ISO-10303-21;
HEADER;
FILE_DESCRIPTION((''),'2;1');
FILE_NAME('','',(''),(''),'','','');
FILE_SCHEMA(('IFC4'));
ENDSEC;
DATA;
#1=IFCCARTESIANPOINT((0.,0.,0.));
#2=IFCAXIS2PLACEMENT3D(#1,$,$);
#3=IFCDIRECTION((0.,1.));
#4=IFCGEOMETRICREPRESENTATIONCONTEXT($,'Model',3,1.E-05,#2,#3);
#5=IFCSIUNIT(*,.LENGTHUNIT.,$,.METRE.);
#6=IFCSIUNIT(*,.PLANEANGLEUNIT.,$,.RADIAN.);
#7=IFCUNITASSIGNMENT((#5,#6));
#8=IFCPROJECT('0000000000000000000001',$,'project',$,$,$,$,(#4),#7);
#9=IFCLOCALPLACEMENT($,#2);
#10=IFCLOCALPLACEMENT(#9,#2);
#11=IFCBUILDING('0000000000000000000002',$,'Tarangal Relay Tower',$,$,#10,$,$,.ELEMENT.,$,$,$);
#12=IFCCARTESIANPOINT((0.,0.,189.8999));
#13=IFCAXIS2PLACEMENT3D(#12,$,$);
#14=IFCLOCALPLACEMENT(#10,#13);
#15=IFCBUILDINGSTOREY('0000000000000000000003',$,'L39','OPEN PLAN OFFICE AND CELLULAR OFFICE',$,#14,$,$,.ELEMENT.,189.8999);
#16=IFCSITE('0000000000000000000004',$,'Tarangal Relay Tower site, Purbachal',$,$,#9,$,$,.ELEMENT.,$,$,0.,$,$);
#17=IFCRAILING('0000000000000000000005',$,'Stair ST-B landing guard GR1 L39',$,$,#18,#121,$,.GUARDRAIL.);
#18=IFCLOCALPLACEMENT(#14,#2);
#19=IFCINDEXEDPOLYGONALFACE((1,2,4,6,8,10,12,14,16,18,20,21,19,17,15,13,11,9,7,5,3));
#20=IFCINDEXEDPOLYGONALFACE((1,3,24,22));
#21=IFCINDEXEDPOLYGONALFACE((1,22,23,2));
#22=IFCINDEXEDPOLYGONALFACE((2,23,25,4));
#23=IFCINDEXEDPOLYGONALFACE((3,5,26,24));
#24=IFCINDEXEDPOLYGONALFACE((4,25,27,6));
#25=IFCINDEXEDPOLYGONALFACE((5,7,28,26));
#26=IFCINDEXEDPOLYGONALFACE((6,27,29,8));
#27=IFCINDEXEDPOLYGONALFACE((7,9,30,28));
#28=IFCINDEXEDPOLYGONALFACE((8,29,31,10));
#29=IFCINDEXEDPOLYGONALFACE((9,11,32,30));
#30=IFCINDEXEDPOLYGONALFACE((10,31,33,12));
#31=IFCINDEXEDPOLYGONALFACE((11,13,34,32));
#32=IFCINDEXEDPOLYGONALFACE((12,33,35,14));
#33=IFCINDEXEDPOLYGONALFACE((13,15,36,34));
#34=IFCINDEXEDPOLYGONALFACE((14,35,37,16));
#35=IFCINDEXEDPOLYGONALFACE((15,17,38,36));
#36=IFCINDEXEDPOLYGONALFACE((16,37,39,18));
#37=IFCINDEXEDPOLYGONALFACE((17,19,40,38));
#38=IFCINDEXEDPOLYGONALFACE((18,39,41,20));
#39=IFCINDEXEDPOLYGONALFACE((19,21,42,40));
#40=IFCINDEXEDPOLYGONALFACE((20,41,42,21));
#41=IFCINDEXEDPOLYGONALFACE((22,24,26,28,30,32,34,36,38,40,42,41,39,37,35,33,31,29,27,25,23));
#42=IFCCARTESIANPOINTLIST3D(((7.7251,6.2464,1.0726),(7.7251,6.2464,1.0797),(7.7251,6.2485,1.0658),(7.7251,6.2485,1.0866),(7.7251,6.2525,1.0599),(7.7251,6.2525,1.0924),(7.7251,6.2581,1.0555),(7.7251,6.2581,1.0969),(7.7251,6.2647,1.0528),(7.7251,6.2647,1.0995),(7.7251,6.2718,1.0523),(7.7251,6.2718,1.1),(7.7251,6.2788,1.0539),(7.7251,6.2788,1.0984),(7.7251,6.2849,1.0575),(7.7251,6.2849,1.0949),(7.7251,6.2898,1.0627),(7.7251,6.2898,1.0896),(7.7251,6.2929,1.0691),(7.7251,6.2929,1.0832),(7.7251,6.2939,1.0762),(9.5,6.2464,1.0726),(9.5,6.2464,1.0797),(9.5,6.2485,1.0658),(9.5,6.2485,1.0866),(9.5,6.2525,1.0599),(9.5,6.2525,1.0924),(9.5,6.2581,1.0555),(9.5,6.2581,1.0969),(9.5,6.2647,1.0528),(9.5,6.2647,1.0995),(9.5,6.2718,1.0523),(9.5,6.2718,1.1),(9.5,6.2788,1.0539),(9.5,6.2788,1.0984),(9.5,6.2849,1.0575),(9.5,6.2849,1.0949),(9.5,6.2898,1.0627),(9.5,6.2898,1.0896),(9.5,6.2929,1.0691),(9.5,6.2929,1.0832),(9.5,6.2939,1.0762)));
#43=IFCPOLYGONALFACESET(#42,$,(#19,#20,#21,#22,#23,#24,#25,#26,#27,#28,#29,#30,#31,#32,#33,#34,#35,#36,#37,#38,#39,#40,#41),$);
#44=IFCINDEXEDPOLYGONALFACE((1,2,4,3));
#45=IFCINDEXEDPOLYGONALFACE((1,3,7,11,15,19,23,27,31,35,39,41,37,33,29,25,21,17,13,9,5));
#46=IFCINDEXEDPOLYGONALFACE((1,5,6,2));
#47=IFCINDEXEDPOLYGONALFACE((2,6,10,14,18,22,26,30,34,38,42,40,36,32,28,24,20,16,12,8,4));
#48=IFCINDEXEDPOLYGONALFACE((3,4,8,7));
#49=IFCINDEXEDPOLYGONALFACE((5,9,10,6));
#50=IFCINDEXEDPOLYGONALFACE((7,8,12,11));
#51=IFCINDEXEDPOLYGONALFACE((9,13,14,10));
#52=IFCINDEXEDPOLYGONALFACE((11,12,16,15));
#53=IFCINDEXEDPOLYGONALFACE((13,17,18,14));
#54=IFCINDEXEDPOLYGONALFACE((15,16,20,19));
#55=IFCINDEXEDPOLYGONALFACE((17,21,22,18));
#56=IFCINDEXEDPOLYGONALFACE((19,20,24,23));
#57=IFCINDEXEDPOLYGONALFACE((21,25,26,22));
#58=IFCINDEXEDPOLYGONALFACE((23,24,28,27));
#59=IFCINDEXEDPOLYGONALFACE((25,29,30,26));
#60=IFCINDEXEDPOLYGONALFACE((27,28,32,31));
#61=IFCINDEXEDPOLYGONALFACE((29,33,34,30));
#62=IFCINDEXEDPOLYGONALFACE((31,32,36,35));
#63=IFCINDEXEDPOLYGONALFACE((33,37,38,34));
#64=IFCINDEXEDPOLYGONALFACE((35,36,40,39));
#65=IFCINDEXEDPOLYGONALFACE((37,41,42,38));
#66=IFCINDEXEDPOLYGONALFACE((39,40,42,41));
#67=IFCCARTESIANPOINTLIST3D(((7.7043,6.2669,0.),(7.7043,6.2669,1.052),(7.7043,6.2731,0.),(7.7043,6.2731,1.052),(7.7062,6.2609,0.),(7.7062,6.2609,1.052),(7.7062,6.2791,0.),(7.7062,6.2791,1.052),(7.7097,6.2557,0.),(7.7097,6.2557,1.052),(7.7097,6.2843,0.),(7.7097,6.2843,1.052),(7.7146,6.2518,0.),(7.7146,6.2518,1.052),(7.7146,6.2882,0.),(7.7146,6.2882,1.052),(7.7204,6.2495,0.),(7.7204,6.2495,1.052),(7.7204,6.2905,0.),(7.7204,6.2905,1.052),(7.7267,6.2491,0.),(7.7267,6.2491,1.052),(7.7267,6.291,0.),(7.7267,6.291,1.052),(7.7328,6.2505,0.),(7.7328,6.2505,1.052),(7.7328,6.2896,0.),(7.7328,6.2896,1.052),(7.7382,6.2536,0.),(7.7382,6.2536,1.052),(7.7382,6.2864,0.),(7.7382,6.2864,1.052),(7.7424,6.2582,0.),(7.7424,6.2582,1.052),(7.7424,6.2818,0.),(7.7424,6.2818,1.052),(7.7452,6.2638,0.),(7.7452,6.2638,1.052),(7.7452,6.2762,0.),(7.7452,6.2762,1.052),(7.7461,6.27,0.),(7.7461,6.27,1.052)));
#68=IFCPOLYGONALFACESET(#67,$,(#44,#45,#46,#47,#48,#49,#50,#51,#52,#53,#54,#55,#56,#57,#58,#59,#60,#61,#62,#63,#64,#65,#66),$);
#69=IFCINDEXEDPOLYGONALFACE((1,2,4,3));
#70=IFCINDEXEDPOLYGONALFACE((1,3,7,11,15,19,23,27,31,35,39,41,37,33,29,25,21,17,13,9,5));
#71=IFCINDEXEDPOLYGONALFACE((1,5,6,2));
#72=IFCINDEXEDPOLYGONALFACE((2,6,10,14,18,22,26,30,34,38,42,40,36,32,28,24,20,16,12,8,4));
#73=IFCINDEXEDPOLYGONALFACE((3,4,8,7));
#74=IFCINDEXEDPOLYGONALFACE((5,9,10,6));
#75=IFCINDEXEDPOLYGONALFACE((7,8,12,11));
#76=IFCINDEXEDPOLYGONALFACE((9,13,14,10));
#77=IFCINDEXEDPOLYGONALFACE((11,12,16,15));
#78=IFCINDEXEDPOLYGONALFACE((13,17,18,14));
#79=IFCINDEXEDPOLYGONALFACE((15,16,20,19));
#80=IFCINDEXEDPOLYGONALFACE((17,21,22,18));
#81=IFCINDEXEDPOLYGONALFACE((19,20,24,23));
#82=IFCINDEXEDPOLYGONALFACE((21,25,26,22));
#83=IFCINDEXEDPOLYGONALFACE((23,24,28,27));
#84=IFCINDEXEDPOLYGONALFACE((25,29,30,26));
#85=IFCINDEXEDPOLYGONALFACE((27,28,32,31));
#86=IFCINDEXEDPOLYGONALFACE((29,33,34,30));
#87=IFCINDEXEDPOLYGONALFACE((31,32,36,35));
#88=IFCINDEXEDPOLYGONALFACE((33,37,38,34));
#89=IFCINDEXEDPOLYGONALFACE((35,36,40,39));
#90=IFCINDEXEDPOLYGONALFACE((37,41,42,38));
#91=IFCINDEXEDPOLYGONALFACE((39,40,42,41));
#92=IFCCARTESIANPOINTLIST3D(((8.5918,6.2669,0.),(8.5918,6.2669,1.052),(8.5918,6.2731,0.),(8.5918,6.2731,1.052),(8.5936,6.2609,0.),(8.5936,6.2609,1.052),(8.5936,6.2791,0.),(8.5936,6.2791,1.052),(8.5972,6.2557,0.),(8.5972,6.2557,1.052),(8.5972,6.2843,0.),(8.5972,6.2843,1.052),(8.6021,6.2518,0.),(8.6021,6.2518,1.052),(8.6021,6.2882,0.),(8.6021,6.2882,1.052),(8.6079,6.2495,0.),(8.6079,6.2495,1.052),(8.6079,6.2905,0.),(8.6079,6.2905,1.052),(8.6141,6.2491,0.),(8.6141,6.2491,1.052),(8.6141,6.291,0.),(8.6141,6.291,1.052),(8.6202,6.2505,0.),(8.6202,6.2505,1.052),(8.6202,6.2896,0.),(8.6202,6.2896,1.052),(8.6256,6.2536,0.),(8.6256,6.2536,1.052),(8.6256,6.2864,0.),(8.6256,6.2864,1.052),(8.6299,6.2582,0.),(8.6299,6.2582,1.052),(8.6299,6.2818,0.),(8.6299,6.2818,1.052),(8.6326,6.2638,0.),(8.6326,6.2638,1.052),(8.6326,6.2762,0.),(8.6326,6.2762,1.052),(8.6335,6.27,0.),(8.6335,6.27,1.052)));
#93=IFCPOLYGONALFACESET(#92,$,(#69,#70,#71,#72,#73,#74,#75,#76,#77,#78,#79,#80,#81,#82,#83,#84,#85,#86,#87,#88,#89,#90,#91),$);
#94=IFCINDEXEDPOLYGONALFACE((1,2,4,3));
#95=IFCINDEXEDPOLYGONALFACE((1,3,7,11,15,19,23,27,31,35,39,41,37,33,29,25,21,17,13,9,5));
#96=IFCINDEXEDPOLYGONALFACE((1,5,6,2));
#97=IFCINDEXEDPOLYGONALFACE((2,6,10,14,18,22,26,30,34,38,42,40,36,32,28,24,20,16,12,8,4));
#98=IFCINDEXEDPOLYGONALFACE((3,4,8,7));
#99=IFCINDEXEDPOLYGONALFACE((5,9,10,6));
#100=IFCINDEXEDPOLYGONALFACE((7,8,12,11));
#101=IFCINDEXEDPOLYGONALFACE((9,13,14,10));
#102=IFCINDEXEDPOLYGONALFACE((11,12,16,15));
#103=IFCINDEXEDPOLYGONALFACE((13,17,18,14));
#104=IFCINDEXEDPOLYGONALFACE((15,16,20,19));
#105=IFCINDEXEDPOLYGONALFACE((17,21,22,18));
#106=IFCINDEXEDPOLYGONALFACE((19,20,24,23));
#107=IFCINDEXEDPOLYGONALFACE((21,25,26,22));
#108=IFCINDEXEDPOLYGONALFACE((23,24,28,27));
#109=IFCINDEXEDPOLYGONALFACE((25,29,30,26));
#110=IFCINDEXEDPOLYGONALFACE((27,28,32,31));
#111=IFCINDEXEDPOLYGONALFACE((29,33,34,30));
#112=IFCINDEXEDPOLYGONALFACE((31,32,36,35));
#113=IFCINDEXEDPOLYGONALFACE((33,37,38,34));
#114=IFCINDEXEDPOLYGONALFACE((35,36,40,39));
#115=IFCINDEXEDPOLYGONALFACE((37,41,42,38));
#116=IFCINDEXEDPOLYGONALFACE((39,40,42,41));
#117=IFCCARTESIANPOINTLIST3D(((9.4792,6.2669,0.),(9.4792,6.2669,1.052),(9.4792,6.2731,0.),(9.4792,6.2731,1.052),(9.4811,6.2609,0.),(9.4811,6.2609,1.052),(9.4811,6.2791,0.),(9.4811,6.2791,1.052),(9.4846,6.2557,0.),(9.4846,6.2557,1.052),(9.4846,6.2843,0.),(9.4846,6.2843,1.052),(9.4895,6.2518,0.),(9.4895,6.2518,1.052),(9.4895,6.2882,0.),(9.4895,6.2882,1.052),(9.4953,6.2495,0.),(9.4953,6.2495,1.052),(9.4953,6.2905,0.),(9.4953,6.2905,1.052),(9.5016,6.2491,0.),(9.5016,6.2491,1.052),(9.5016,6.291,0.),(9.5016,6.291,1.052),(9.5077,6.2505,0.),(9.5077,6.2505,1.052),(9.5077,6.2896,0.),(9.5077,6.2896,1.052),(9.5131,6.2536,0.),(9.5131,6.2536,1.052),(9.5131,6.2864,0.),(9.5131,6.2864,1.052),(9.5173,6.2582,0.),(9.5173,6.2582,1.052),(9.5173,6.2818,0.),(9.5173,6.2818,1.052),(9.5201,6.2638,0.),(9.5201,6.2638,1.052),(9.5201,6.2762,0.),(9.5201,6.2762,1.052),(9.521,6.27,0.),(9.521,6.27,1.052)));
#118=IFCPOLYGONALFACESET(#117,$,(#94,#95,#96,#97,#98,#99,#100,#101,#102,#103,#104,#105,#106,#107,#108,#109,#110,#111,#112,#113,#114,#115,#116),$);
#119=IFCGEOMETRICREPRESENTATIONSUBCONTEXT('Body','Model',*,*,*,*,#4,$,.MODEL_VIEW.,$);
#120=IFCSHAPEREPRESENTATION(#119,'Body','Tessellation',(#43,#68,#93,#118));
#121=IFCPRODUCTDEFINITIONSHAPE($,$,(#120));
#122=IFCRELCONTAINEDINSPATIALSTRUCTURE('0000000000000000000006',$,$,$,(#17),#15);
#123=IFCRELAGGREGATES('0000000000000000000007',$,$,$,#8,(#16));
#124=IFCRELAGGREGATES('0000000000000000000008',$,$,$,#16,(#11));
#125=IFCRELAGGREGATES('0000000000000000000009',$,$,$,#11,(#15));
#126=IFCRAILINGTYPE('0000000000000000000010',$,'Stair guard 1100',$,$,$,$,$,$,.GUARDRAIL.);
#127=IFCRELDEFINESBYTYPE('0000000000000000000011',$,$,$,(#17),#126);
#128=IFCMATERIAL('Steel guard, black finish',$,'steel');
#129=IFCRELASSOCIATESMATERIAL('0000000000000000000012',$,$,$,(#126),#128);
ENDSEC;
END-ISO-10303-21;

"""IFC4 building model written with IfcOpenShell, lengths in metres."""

from ifc_helpers import new_model, si_unit, direction, frame, origin, origin_2d, place, context, subcontext, project, spatial, circle, extrude, material, type_object, element, save


model = new_model("IFC4")

# Units and contexts
model_context = context("Model", 3, precision=1e-05, world=origin(), true_north=direction((0.0, 1.0)))
body_context = subcontext(model_context, "Body", "Model", "MODEL_VIEW")
ifc_project = project(units=[si_unit("LENGTHUNIT", "METRE"), si_unit("PLANEANGLEUNIT", "RADIAN")], contexts=[model_context])

# Site, building, storey
site_placement = place(None, origin())
site = spatial("IfcSite", under=ifc_project, at=site_placement, Name="Tarangal Relay Tower site, Purbachal", CompositionType="ELEMENT", RefElevation=0.0)
building_placement = place(site_placement, origin())
building = spatial("IfcBuilding", under=site, at=building_placement, Name="Tarangal Relay Tower", CompositionType="ELEMENT")
storey_placement = place(building_placement, frame((0.0, 0.0, 189.8999)))
storey = spatial("IfcBuildingStorey", under=building, at=storey_placement, Name="L39", Description="OPEN PLAN OFFICE AND CELLULAR OFFICE", CompositionType="ELEMENT", Elevation=189.8999)

# Railing
ifc_material_1 = material(Name="Steel guard, black finish", Category="steel")
railing_type_1 = type_object("IfcRailingType", Name="Stair guard 1100", PredefinedType="GUARDRAIL", material=ifc_material_1)
railing_1_placement = place(storey_placement, frame((7.7251, 6.27, 0.0)))
element("IfcRailing", 1, at=railing_1_placement, inside=storey, type_object=railing_type_1, Name="Stair ST-B landing guard GR1 L39", PredefinedType="GUARDRAIL", context=body_context, shape_type="SweptSolid", body=[
    extrude(circle(Radius=0.0239, at=origin_2d()), frame((0.0, 0.0, 1.0762), z_axis=(1.0, 0.0, 0.0), x_axis=(0.0, 1.0, 0.0)), (0.0, 0.0, 1.0), 1.7749),
    extrude(circle(Radius=0.021, at=origin_2d()), origin(), (0.0, 0.0, 1.0), 1.052),
    extrude(circle(Radius=0.021, at=origin_2d()), frame((0.8875, 0.0, 0.0)), (0.0, 0.0, 1.0), 1.052),
    extrude(circle(Radius=0.021, at=origin_2d()), frame((1.7749, 0.0, 0.0)), (0.0, 0.0, 1.0), 1.052),
])

save(model, "model.ifc")
